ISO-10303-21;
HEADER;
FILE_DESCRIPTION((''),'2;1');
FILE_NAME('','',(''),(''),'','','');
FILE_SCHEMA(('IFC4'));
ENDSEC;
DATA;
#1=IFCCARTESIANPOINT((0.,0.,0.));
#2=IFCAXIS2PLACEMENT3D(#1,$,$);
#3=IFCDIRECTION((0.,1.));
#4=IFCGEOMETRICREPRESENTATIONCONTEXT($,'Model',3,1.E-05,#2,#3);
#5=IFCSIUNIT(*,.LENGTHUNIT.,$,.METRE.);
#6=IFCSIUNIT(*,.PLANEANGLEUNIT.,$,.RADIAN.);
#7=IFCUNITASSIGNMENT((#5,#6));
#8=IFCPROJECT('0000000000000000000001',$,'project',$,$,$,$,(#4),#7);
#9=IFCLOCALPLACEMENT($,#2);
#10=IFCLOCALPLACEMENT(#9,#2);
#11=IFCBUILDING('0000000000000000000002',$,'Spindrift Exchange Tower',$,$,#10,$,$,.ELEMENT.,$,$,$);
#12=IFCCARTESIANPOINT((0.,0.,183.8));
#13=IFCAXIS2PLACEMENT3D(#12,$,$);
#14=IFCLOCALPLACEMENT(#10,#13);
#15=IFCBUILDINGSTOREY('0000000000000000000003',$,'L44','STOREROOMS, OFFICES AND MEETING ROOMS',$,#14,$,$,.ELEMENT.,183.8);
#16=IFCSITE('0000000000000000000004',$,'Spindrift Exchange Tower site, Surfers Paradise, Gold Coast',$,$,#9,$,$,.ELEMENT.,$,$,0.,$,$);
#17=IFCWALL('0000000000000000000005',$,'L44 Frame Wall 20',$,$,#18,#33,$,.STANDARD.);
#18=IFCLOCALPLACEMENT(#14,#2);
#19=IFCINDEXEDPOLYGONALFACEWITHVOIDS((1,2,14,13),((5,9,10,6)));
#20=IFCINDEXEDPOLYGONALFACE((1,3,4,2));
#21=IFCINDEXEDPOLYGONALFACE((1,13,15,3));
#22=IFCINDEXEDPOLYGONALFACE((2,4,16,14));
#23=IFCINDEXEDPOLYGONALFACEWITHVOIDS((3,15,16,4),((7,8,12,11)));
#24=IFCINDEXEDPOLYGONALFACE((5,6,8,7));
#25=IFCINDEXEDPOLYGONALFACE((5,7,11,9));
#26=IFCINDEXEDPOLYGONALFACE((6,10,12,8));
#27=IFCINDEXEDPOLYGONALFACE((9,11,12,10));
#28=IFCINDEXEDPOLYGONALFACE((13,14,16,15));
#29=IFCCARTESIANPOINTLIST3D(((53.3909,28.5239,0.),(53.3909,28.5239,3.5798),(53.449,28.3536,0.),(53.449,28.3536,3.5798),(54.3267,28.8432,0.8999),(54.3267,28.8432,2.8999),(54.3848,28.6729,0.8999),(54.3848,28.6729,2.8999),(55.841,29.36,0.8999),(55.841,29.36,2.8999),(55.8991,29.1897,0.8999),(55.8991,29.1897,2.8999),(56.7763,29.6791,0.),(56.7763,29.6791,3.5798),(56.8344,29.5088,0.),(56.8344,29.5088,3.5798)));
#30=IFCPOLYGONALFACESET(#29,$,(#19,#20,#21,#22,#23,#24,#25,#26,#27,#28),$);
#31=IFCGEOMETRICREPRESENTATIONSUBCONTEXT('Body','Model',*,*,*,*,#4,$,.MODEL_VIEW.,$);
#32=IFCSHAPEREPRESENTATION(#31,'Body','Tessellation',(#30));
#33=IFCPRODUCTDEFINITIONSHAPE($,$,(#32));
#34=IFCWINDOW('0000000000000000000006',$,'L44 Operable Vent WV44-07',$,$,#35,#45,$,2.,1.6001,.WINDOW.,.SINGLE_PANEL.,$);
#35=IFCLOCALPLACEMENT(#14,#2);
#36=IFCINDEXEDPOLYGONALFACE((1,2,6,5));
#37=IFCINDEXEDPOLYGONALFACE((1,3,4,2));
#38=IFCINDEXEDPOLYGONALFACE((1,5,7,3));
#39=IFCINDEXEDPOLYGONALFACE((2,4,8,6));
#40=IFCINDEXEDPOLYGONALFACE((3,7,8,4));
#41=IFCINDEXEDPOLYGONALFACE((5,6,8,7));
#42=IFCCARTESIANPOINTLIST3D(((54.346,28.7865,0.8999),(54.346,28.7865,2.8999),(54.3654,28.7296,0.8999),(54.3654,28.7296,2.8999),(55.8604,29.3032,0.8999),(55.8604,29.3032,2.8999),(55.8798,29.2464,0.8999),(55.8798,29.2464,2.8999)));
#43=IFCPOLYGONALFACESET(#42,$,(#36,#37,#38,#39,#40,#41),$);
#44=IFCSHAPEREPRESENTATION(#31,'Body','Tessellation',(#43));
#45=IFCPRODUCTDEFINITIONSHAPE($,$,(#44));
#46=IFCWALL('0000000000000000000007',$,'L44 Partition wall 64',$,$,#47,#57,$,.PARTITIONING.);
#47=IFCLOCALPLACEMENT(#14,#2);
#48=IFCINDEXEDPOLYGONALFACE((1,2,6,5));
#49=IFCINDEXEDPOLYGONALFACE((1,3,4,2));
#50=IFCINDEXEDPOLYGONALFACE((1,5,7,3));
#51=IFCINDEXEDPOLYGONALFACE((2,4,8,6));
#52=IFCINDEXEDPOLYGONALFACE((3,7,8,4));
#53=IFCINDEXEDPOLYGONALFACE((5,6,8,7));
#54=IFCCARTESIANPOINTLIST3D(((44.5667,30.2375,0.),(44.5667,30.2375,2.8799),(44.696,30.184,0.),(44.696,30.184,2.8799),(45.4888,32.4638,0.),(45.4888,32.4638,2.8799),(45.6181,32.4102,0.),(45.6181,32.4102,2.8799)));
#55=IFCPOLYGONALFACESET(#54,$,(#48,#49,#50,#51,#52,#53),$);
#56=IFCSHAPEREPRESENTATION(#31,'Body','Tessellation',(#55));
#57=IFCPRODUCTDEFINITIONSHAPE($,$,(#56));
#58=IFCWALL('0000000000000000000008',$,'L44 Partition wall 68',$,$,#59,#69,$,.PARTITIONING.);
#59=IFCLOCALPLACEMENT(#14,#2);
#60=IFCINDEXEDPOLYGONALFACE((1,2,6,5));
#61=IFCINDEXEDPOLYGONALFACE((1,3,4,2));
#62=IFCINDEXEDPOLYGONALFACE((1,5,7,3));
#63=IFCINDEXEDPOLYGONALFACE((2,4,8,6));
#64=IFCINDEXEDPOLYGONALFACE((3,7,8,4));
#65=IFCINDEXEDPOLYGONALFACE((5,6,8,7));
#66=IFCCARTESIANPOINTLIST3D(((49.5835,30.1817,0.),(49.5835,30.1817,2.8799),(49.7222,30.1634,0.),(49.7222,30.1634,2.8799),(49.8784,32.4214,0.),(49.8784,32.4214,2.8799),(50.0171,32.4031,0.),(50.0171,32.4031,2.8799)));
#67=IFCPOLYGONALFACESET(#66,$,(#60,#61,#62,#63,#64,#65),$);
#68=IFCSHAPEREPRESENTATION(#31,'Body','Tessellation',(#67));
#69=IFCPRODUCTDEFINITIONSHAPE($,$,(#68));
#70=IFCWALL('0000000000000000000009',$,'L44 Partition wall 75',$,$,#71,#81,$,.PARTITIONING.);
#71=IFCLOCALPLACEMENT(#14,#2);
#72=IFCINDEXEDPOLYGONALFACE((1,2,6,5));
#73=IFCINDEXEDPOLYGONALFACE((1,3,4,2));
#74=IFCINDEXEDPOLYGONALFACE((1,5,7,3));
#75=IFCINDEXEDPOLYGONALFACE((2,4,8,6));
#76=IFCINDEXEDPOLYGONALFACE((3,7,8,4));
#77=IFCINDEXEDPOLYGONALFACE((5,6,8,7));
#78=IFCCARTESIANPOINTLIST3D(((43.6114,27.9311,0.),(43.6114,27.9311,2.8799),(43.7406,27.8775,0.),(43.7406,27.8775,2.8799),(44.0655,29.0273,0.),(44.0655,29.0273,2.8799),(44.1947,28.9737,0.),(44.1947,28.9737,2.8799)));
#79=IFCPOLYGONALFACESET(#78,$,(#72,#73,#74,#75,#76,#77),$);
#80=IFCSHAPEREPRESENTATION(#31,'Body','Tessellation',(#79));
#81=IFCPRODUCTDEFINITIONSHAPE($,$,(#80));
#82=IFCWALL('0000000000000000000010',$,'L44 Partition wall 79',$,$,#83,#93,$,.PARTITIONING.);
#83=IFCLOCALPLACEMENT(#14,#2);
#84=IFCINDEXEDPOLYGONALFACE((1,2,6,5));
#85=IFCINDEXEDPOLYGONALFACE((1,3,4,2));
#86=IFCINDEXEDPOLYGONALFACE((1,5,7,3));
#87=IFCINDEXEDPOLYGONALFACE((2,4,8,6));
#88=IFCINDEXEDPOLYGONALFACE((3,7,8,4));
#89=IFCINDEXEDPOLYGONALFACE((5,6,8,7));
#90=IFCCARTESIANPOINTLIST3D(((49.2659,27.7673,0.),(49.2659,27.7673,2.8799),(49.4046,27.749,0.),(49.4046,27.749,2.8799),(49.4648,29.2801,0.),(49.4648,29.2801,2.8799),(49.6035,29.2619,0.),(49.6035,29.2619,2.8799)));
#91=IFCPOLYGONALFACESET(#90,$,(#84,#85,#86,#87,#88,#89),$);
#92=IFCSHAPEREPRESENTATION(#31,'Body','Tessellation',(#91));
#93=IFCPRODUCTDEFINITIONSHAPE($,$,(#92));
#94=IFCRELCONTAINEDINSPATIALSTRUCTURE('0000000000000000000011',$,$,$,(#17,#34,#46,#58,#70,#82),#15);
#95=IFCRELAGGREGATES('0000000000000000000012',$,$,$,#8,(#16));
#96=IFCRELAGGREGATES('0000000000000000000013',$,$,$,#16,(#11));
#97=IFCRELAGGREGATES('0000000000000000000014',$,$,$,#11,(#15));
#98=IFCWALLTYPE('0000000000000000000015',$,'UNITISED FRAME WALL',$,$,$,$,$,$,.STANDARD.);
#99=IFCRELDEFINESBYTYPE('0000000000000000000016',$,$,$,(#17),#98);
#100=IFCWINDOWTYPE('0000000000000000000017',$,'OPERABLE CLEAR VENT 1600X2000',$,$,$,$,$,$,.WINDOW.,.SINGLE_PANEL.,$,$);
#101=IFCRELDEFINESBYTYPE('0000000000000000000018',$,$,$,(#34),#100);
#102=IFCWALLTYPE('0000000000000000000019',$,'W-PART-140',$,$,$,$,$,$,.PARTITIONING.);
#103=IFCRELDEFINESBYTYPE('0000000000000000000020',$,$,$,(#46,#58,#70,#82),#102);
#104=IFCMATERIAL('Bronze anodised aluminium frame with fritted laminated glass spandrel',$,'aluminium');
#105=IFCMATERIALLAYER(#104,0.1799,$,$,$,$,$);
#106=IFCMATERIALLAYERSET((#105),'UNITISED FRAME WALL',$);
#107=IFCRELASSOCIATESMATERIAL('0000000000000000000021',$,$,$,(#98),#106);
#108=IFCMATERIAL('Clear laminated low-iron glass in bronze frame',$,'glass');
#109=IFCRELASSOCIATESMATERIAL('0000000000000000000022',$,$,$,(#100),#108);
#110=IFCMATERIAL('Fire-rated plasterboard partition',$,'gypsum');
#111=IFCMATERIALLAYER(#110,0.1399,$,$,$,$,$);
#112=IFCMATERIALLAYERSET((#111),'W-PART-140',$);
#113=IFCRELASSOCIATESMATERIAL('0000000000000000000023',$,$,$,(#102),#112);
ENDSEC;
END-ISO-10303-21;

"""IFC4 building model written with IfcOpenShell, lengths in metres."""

from ifc_helpers import new_model, si_unit, direction, frame, frame_2d, origin, place, context, subcontext, project, spatial, rectangle, extrude, source, transform, mapped, material, layer, layer_set, type_object, element, fill, save


model = new_model("IFC4")

# Units and contexts
model_context = context("Model", 3, precision=1e-05, world=origin(), true_north=direction((0.0, 1.0)))
body_context = subcontext(model_context, "Body", "Model", "MODEL_VIEW")
ifc_project = project(units=[si_unit("LENGTHUNIT", "METRE"), si_unit("PLANEANGLEUNIT", "RADIAN")], contexts=[model_context])

# Site, building, storey
site_placement = place(None, origin())
site = spatial("IfcSite", under=ifc_project, at=site_placement, Name="Spindrift Exchange Tower site, Surfers Paradise, Gold Coast", CompositionType="ELEMENT", RefElevation=0.0)
building_placement = place(site_placement, origin())
building = spatial("IfcBuilding", under=site, at=building_placement, Name="Spindrift Exchange Tower", CompositionType="ELEMENT")
storey_placement = place(building_placement, frame((0.0, 0.0, 183.8)))
storey = spatial("IfcBuildingStorey", under=building, at=storey_placement, Name="L44", Description="STOREROOMS, OFFICES AND MEETING ROOMS", CompositionType="ELEMENT", Elevation=183.8)

# Wall, opening, window
ifc_material_1 = material(Name="Bronze anodised aluminium frame with fritted laminated glass spandrel", Category="aluminium")
ifc_layer_1 = layer(ifc_material_1, 0.1799)
ifc_layer_set_1 = layer_set([ifc_layer_1], Name="UNITISED FRAME WALL")
wall_type_1 = type_object("IfcWallType", Name="UNITISED FRAME WALL", PredefinedType="STANDARD", material=ifc_layer_set_1)
ifc_material_2 = material(Name="Clear laminated low-iron glass in bronze frame", Category="glass")
window_type = type_object("IfcWindowType", Name="OPERABLE CLEAR VENT 1600X2000", PartitioningType="SINGLE_PANEL", PredefinedType="WINDOW", material=ifc_material_2)
shared_shape_1 = source(origin(), body_context, "Body", "SweptSolid", [
    extrude(rectangle(XDim=1.6001, YDim=2.0, at=frame_2d((0.8, 1.0))), frame((0.0, 0.03, 0.0), z_axis=(0.0, -1.0, 0.0), x_axis=(1.0, 0.0, 0.0)), (0.0, 0.0, 1.0), 0.0601),
])
wall_1_placement = place(storey_placement, frame((53.4199, 28.4387, 0.0), z_axis=(0.0, 0.0, 1.0), x_axis=(0.946414, 0.322956, 0.0)))
wall_1 = element("IfcWall", 1, at=wall_1_placement, inside=storey, type_object=wall_type_1, Name="L44 Frame Wall 20", PredefinedType="STANDARD", context=body_context, shape_type="SweptSolid", body=[
    extrude(rectangle(XDim=3.5771, YDim=0.1799, at=frame_2d((1.7886, 0.0))), origin(), (0.0, 0.0, 1.0), 3.5798),
])
opening_1_placement = place(wall_1_placement, frame((0.9888, 0.0, 0.8999)))
opening_1 = element("IfcOpeningElement", 2, at=opening_1_placement, cuts=wall_1, PredefinedType="OPENING", context=body_context, shape_type="SweptSolid", body=[
    extrude(rectangle(XDim=1.6001, YDim=2.0, at=frame_2d((0.8, 1.0))), frame((0.0, 0.0999, 0.0), z_axis=(0.0, -1.0, 0.0), x_axis=(1.0, 0.0, 0.0)), (0.0, 0.0, 1.0), 0.2),
])
window_1_placement = place(opening_1_placement, origin())
window_1 = element("IfcWindow", 3, at=window_1_placement, inside=storey, type_object=window_type, Name="L44 Operable Vent WV44-07", OverallHeight=2.0, OverallWidth=1.6001, PartitioningType="SINGLE_PANEL", PredefinedType="WINDOW", context=body_context, shape_type="MappedRepresentation", body=[
    mapped(shared_shape_1, transform((0.0, 0.0, 0.0), scale=1.0)),
])
fill(opening_1, window_1)

# Walls
ifc_material_3 = material(Name="Fire-rated plasterboard partition", Category="gypsum")
ifc_layer_2 = layer(ifc_material_3, 0.1399)
ifc_layer_set_2 = layer_set([ifc_layer_2], Name="W-PART-140")
wall_type_2 = type_object("IfcWallType", Name="W-PART-140", PredefinedType="PARTITIONING", material=ifc_layer_set_2)
wall_2_placement = place(storey_placement, frame((45.5535, 32.437, 0.0), z_axis=(0.0, 0.0, 1.0), x_axis=(-0.382665, -0.923887, 0.0)))
element("IfcWall", 4, at=wall_2_placement, inside=storey, type_object=wall_type_2, Name="L44 Partition wall 64", PredefinedType="PARTITIONING", context=body_context, shape_type="SweptSolid", body=[
    extrude(rectangle(XDim=2.4097, YDim=0.1399, at=frame_2d((1.2048, 0.0))), origin(), (0.0, 0.0, 1.0), 2.8799),
])
wall_3_placement = place(storey_placement, frame((49.9478, 32.4121, 0.0), z_axis=(0.0, 0.0, 1.0), x_axis=(-0.13055, -0.991442, 0.0)))
element("IfcWall", 5, at=wall_3_placement, inside=storey, type_object=wall_type_2, Name="L44 Partition wall 68", PredefinedType="PARTITIONING", context=body_context, shape_type="SweptSolid", body=[
    extrude(rectangle(XDim=2.259, YDim=0.1399, at=frame_2d((1.1294, 0.0))), origin(), (0.0, 0.0, 1.0), 2.8799),
])
wall_4_placement = place(storey_placement, frame((44.1301, 29.0005, 0.0), z_axis=(0.0, 0.0, 1.0), x_axis=(-0.382715, -0.923866, 0.0)))
element("IfcWall", 6, at=wall_4_placement, inside=storey, type_object=wall_type_2, Name="L44 Partition wall 75", PredefinedType="PARTITIONING", context=body_context, shape_type="SweptSolid", body=[
    extrude(rectangle(XDim=1.1865, YDim=0.1399, at=frame_2d((0.5933, 0.0))), origin(), (0.0, 0.0, 1.0), 2.8799),
])
wall_5_placement = place(storey_placement, frame((49.5342, 29.271, 0.0), z_axis=(0.0, 0.0, 1.0), x_axis=(-0.130392, -0.991462, 0.0)))
element("IfcWall", 7, at=wall_5_placement, inside=storey, type_object=wall_type_2, Name="L44 Partition wall 79", PredefinedType="PARTITIONING", context=body_context, shape_type="SweptSolid", body=[
    extrude(rectangle(XDim=1.5259, YDim=0.1399, at=frame_2d((0.7629, 0.0))), origin(), (0.0, 0.0, 1.0), 2.8799),
])

save(model, "model.ifc")
